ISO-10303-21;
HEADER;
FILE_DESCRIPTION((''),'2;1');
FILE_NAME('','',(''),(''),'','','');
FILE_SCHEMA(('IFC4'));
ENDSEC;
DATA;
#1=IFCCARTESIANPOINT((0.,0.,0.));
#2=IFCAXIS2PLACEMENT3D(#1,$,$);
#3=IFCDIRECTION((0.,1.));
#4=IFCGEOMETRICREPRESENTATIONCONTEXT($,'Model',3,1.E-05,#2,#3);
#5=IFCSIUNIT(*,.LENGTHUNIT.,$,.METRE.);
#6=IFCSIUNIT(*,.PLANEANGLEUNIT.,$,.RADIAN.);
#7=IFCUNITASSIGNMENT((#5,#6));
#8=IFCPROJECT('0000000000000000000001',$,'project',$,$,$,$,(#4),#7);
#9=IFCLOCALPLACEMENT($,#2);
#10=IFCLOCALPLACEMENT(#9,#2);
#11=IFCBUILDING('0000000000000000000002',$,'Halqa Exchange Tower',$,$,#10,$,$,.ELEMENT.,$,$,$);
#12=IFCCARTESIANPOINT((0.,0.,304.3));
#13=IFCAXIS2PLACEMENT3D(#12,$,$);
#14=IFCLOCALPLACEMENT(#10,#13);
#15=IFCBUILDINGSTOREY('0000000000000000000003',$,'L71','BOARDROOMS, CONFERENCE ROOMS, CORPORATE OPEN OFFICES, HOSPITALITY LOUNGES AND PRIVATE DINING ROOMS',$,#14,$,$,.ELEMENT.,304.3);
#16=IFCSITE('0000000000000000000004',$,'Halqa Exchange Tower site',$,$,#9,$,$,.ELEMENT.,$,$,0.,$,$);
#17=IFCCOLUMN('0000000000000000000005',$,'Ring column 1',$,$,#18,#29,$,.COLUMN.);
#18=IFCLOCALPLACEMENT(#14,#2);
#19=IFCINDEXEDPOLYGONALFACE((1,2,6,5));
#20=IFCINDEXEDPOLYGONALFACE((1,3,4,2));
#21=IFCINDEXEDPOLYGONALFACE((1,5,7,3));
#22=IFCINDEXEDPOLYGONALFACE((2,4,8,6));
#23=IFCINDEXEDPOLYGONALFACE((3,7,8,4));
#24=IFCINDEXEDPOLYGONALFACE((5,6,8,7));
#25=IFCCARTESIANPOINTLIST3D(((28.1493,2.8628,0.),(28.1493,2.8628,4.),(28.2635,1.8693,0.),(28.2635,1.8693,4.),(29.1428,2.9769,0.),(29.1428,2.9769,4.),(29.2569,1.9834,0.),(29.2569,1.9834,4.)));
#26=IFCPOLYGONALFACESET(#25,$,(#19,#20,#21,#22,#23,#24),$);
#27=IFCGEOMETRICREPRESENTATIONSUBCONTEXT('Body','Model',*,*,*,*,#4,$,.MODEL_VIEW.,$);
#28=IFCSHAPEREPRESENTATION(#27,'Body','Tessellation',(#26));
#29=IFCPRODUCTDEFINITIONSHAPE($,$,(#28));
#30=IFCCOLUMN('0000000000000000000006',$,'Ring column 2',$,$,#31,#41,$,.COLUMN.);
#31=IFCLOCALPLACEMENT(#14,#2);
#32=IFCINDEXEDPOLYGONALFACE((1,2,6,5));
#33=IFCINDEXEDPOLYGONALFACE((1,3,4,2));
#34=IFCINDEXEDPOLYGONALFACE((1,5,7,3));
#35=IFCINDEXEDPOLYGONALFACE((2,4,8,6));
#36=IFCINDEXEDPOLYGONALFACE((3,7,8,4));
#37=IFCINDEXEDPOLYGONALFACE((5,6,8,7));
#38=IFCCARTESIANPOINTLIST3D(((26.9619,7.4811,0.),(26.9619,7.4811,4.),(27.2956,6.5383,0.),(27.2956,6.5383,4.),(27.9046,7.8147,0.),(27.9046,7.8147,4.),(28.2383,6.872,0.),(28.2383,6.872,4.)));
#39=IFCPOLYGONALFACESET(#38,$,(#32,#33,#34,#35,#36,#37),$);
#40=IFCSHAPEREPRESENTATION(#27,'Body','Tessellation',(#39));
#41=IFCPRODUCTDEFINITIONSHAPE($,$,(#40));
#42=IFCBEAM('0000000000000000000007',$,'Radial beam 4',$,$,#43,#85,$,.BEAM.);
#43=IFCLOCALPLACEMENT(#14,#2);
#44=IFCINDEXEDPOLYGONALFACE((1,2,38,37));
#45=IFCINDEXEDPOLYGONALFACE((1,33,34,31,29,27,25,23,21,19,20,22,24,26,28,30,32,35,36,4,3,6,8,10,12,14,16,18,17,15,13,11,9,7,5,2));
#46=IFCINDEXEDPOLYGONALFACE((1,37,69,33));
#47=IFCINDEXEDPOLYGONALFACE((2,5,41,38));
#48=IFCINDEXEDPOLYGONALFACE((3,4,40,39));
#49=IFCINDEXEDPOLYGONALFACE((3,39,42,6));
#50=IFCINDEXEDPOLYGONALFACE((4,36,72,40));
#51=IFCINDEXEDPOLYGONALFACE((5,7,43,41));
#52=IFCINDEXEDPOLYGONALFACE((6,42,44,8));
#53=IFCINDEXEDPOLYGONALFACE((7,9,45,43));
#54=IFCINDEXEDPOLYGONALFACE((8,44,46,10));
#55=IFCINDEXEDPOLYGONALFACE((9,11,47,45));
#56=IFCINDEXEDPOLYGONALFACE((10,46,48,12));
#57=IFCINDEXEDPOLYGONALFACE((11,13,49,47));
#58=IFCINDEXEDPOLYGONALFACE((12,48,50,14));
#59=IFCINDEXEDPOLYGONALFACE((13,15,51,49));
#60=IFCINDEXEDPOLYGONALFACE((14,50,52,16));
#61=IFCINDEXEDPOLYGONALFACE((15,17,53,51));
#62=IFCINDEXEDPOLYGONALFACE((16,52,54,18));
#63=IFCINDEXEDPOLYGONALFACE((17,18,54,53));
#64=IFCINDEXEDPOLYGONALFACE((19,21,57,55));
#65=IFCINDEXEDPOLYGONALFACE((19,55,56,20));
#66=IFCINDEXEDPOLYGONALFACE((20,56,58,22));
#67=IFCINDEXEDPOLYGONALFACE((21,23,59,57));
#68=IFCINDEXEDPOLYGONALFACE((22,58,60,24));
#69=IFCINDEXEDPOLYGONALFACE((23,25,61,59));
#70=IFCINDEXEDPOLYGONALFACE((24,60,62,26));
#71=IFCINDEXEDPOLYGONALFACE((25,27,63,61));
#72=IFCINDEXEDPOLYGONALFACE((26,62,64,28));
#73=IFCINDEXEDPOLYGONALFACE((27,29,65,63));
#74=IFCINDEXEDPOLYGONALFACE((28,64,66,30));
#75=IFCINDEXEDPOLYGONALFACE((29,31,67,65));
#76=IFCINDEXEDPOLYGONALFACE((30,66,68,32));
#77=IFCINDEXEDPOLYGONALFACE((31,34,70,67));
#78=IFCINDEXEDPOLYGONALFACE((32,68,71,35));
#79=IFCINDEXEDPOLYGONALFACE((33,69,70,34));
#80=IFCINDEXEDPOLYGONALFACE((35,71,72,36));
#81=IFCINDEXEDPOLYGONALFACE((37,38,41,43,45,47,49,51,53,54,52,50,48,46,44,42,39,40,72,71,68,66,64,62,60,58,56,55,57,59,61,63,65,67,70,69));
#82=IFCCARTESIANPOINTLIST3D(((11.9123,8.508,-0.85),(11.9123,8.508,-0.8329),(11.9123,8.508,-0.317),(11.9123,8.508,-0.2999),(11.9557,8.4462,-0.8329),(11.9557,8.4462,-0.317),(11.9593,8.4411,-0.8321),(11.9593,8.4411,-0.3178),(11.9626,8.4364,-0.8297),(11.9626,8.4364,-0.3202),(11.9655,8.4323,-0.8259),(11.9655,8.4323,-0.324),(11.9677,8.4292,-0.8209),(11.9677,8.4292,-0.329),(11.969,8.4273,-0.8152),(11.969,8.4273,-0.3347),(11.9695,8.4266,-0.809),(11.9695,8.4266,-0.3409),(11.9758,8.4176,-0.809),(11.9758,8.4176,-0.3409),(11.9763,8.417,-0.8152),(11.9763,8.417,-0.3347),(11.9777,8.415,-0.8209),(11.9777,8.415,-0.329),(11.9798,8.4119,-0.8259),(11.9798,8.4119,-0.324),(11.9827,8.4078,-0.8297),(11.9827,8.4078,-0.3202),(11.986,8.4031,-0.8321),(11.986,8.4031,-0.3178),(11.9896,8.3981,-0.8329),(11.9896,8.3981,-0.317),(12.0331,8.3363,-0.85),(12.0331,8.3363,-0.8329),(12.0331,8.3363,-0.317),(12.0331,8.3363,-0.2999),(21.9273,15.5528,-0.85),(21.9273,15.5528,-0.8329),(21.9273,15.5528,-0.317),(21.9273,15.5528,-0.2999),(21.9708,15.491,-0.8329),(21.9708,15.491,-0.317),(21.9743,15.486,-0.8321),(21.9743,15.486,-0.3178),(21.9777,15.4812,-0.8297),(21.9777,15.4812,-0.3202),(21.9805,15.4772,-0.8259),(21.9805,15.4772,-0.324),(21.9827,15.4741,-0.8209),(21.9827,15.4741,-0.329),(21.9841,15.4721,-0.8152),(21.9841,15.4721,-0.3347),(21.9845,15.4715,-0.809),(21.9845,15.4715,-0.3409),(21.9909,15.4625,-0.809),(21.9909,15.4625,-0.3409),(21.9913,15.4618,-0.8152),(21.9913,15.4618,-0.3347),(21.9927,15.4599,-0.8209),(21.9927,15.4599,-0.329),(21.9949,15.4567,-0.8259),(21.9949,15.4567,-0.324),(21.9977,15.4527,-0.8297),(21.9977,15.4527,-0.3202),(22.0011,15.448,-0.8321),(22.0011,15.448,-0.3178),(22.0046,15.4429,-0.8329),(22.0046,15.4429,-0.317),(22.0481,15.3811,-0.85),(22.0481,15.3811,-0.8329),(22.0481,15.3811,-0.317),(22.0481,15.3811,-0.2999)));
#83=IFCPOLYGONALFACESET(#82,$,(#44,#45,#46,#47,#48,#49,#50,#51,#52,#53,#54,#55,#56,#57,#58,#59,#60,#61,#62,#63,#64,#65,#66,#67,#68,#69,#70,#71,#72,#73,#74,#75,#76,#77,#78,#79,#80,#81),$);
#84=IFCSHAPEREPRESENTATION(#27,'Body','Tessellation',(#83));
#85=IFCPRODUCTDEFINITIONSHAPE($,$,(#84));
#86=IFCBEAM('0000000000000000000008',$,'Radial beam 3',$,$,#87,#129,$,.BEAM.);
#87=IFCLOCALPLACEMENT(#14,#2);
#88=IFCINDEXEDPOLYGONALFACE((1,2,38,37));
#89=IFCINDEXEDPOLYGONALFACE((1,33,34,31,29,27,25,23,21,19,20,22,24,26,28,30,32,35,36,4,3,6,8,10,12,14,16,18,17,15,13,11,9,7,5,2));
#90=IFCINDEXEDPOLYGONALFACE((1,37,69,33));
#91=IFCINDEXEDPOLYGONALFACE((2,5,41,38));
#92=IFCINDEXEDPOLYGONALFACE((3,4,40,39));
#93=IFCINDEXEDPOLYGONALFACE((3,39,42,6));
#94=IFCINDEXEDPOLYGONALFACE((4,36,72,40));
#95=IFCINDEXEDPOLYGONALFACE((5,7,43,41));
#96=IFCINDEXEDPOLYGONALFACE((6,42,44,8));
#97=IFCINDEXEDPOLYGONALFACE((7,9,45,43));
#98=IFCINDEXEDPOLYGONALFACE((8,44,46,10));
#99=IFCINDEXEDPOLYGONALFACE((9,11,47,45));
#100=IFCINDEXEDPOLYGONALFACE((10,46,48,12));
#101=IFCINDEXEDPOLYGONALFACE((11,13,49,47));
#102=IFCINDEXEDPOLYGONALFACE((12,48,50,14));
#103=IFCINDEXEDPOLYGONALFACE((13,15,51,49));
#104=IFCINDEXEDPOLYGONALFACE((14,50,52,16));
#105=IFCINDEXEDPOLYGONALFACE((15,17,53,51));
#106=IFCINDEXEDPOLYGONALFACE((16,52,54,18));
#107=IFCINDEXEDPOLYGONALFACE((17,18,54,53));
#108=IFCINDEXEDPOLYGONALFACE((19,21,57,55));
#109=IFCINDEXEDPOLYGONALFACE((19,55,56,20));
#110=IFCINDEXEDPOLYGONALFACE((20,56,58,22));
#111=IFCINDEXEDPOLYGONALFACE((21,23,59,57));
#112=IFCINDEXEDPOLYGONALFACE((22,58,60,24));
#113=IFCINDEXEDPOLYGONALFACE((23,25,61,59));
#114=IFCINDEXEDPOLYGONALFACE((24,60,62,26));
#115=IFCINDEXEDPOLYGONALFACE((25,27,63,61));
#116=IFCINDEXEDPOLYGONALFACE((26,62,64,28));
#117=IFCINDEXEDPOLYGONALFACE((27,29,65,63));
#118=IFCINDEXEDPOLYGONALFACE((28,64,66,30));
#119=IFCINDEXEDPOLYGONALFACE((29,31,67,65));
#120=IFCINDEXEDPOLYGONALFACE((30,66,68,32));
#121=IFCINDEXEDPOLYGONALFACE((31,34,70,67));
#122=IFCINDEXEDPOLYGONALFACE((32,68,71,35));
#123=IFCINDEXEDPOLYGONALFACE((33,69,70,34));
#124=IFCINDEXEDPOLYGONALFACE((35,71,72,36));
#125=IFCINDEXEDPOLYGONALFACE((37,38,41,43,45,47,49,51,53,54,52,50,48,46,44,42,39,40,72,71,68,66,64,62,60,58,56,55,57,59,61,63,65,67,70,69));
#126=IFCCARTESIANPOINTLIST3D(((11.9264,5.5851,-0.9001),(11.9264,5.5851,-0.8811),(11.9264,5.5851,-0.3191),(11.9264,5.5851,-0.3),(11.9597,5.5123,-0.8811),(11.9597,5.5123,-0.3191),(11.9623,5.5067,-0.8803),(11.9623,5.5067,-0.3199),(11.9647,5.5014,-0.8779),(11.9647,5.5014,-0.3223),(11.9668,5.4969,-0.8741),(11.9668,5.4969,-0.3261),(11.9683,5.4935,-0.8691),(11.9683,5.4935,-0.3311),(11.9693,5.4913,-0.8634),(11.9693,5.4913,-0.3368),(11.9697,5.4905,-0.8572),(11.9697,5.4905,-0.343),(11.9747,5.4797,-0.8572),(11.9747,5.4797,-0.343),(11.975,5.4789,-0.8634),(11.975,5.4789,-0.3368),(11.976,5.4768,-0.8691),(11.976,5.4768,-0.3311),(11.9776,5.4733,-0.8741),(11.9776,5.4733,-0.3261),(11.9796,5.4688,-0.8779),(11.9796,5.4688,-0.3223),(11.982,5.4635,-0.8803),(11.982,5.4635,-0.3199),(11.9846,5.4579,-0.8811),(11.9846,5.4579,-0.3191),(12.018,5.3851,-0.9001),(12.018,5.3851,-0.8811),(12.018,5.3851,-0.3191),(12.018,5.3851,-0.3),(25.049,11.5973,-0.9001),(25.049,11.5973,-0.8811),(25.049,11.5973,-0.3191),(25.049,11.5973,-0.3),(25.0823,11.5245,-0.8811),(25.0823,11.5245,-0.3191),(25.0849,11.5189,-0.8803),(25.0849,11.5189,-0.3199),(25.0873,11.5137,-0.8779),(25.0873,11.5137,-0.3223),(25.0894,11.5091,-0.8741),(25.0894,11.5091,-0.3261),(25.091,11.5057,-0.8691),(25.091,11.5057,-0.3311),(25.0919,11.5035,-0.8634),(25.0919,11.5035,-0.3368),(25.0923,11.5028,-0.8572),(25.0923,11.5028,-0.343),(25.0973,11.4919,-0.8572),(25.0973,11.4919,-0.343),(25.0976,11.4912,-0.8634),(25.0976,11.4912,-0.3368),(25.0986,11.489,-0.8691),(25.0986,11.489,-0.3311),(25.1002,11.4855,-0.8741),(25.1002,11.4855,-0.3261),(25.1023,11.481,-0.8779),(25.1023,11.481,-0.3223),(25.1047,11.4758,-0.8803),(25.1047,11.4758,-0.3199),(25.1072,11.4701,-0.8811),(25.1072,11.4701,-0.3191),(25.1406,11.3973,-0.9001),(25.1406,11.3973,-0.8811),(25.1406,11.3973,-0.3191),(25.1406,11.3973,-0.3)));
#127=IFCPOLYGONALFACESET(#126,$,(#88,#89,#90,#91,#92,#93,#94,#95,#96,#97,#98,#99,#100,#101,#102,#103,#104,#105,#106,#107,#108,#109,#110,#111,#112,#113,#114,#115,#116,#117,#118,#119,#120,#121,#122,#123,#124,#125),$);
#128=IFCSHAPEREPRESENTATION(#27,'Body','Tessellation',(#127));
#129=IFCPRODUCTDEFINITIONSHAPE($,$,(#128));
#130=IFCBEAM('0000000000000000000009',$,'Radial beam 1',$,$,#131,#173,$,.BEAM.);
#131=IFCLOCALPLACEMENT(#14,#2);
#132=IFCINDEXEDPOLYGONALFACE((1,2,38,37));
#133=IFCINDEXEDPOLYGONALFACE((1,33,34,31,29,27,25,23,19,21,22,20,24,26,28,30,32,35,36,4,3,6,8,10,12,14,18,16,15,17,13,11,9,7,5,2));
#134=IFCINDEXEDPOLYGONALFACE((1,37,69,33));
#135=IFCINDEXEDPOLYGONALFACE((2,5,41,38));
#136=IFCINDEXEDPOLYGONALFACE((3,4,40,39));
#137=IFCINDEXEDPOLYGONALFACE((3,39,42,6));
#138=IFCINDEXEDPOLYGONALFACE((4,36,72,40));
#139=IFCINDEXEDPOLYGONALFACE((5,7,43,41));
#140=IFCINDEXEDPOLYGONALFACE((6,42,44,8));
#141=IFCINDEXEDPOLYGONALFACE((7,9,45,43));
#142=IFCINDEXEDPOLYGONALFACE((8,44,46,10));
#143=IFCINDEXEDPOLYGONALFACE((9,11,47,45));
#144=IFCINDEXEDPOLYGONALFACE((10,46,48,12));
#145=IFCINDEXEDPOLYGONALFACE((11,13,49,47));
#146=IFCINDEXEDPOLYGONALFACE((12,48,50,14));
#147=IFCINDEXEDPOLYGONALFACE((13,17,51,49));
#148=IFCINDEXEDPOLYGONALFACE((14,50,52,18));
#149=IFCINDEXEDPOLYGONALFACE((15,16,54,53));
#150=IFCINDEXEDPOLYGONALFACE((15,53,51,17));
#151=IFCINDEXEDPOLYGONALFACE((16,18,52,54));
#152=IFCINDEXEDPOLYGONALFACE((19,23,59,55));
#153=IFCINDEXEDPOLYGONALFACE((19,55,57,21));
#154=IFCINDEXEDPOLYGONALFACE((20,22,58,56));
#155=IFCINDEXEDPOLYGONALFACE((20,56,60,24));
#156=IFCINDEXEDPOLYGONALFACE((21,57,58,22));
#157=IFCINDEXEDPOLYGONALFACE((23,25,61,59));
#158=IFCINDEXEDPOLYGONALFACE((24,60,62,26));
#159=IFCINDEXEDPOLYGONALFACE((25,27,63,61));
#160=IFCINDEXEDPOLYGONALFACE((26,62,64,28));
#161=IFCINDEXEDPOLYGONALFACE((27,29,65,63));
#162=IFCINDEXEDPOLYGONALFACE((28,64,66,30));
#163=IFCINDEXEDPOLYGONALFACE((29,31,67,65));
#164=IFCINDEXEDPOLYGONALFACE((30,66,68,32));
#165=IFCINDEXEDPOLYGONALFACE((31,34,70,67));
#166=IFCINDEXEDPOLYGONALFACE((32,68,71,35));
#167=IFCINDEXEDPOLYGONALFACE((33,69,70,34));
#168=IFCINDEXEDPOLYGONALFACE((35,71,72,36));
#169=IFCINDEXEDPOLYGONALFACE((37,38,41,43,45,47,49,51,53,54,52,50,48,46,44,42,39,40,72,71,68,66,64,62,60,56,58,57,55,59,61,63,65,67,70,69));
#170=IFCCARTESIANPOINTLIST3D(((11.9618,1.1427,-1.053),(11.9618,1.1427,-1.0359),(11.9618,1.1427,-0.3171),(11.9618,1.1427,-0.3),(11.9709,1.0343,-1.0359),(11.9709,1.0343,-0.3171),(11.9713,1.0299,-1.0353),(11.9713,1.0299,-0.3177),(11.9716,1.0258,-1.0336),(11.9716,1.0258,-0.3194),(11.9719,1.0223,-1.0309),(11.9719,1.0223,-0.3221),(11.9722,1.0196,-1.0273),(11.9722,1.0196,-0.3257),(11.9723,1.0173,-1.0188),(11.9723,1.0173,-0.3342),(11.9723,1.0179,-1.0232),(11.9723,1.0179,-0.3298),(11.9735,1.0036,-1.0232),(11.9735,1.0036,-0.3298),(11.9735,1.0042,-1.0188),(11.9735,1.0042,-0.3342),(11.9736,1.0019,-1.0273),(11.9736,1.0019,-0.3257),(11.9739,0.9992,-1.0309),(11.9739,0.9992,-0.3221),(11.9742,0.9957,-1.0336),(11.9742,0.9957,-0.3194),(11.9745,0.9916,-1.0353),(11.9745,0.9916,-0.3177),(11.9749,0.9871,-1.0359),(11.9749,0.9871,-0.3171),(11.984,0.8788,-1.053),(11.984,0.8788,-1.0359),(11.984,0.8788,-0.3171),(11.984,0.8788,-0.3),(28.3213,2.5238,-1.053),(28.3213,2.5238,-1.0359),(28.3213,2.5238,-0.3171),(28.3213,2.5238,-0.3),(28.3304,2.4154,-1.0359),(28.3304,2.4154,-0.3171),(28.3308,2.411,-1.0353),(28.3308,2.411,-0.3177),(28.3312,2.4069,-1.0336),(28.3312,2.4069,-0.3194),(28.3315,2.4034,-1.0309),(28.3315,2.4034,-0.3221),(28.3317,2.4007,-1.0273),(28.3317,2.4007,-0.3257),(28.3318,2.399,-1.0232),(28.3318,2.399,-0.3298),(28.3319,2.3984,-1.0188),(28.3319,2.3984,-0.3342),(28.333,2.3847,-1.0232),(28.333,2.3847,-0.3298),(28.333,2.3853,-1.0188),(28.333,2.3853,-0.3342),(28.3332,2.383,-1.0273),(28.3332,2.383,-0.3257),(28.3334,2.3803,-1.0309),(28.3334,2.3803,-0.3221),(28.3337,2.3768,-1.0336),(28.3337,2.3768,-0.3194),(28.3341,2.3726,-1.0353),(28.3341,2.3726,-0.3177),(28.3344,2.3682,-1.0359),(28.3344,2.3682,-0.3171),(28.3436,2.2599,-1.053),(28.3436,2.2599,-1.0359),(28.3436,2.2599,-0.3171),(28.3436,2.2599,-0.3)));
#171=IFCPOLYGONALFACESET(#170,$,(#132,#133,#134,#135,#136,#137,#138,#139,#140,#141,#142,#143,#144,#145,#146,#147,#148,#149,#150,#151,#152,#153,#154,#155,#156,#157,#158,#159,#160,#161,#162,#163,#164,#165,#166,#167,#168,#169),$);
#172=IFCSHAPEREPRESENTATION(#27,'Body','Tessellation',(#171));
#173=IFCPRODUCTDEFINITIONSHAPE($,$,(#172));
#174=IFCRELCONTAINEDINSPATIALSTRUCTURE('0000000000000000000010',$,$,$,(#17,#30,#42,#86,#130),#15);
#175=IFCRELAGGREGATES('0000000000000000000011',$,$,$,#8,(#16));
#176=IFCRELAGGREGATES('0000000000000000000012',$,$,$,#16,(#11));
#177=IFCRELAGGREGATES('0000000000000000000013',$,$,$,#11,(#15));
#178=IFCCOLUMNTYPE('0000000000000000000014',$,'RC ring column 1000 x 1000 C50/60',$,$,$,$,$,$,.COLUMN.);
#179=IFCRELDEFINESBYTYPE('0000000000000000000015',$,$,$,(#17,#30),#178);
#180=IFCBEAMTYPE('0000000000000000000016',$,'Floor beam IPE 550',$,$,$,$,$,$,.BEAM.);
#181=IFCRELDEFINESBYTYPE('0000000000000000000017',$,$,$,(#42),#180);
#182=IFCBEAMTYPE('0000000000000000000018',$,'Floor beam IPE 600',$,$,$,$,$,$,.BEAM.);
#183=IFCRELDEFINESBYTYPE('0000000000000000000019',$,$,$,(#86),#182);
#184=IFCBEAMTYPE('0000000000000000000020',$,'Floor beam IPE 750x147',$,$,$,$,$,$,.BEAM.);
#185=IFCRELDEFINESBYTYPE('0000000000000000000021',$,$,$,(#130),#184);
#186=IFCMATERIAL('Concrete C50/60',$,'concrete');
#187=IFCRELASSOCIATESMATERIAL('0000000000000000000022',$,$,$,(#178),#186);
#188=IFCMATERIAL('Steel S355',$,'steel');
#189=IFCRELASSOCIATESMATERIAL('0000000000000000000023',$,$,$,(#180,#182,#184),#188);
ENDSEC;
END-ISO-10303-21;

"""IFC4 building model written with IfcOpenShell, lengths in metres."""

from ifc_helpers import new_model, si_unit, direction, frame, origin, origin_2d, place, context, subcontext, project, spatial, rectangle, i_section, extrude, material, material_profile, profile_set, type_object, element, save


model = new_model("IFC4")

# Units and contexts
model_context = context("Model", 3, precision=1e-05, world=origin(), true_north=direction((0.0, 1.0)))
body_context = subcontext(model_context, "Body", "Model", "MODEL_VIEW")
ifc_project = project(units=[si_unit("LENGTHUNIT", "METRE"), si_unit("PLANEANGLEUNIT", "RADIAN")], contexts=[model_context])

# Site, building, storey
site_placement = place(None, origin())
site = spatial("IfcSite", under=ifc_project, at=site_placement, Name="Halqa Exchange Tower site", CompositionType="ELEMENT", RefElevation=0.0)
building_placement = place(site_placement, origin())
building = spatial("IfcBuilding", under=site, at=building_placement, Name="Halqa Exchange Tower", CompositionType="ELEMENT")
storey_placement = place(building_placement, frame((0.0, 0.0, 304.3)))
storey = spatial("IfcBuildingStorey", under=building, at=storey_placement, Name="L71", Description="BOARDROOMS, CONFERENCE ROOMS, CORPORATE OPEN OFFICES, HOSPITALITY LOUNGES AND PRIVATE DINING ROOMS", CompositionType="ELEMENT", Elevation=304.3)

# Columns
ifc_material_1 = material(Name="Concrete C50/60", Category="concrete")
ifc_material_profile_1 = material_profile(ifc_material_1, rectangle(XDim=1.0, YDim=1.0, at=origin_2d()), Name="1000 x 1000")
ifc_profile_set_1 = profile_set([ifc_material_profile_1], Name="Concrete C50/60")
column_type = type_object("IfcColumnType", Name="RC ring column 1000 x 1000 C50/60", PredefinedType="COLUMN", material=ifc_profile_set_1)
for number, where, z_axis, x_axis, name in (
    (1, (28.7031, 2.4231, 0.0), (0.0, 0.0, 1.0), (-0.11415, 0.993464, 0.0), "Ring column 1"),
    (2, (27.6001, 7.1765, 0.0), (0.0, 0.0, 1.0), (-0.333623, 0.942707, 0.0), "Ring column 2"),
):
    element("IfcColumn", number, at=place(storey_placement, frame(where, z_axis=z_axis, x_axis=x_axis)), inside=storey, type_object=column_type, Name=name, PredefinedType="COLUMN", context=body_context, shape_type="SweptSolid", body=[
        extrude(rectangle(XDim=1.0, YDim=1.0, at=origin_2d()), origin(), (0.0, 0.0, 1.0), 4.0),
    ])

# Beams
ifc_material_2 = material(Name="Steel S355", Category="steel")
ifc_material_profile_2 = material_profile(ifc_material_2, i_section(OverallWidth=0.21, OverallDepth=0.55, WebThickness=0.011, FlangeThickness=0.0171, FilletRadius=0.0239, at=origin_2d()), Name="IPE 550")
ifc_profile_set_2 = profile_set([ifc_material_profile_2], Name="Steel S355")
beam_type_1 = type_object("IfcBeamType", Name="Floor beam IPE 550", PredefinedType="BEAM", material=ifc_profile_set_2)
beam_1_placement = place(storey_placement, frame((11.9727, 8.4221, -0.575), z_axis=(0.817913, 0.575342, 0.0), x_axis=(-0.575342, 0.817913, 0.0)))
element("IfcBeam", 3, at=beam_1_placement, inside=storey, type_object=beam_type_1, Name="Radial beam 4", PredefinedType="BEAM", context=body_context, shape_type="SweptSolid", body=[
    extrude(i_section(OverallWidth=0.21, OverallDepth=0.55, WebThickness=0.011, FlangeThickness=0.0171, FilletRadius=0.0239, at=origin_2d()), origin(), (0.0, 0.0, 1.0), 12.2446),
])
ifc_material_profile_3 = material_profile(ifc_material_2, i_section(OverallWidth=0.22, OverallDepth=0.6001, WebThickness=0.012, FlangeThickness=0.019, FilletRadius=0.0239, at=origin_2d()), Name="IPE 600")
ifc_profile_set_3 = profile_set([ifc_material_profile_3], Name="Steel S355")
beam_type_2 = type_object("IfcBeamType", Name="Floor beam IPE 600", PredefinedType="BEAM", material=ifc_profile_set_3)
beam_2_placement = place(storey_placement, frame((11.9722, 5.4851, -0.6001), z_axis=(0.909125, 0.416523, 0.0), x_axis=(-0.416523, 0.909125, 0.0)))
element("IfcBeam", 4, at=beam_2_placement, inside=storey, type_object=beam_type_2, Name="Radial beam 3", PredefinedType="BEAM", context=body_context, shape_type="SweptSolid", body=[
    extrude(i_section(OverallWidth=0.22, OverallDepth=0.6001, WebThickness=0.012, FlangeThickness=0.019, FilletRadius=0.0239, at=origin_2d()), origin(), (0.0, 0.0, 1.0), 14.4343),
])
ifc_material_profile_4 = material_profile(ifc_material_2, i_section(OverallWidth=0.2649, OverallDepth=0.7529, WebThickness=0.0132, FlangeThickness=0.0171, FilletRadius=0.0171, at=origin_2d()), Name="IPE 750x147")
ifc_profile_set_4 = profile_set([ifc_material_profile_4], Name="Steel S355")
beam_type_3 = type_object("IfcBeamType", Name="Floor beam IPE 750x147", PredefinedType="BEAM", material=ifc_profile_set_4)
beam_3_placement = place(storey_placement, frame((11.9729, 1.0107, -0.6765), z_axis=(0.996455, 0.084122, 0.0), x_axis=(-0.084122, 0.996455, 0.0)))
element("IfcBeam", 5, at=beam_3_placement, inside=storey, type_object=beam_type_3, Name="Radial beam 1", PredefinedType="BEAM", context=body_context, shape_type="SweptSolid", body=[
    extrude(i_section(OverallWidth=0.2649, OverallDepth=0.7529, WebThickness=0.0132, FlangeThickness=0.0171, FilletRadius=0.0171, at=origin_2d()), origin(), (0.0, 0.0, 1.0), 16.4177),
])

save(model, "model.ifc")
